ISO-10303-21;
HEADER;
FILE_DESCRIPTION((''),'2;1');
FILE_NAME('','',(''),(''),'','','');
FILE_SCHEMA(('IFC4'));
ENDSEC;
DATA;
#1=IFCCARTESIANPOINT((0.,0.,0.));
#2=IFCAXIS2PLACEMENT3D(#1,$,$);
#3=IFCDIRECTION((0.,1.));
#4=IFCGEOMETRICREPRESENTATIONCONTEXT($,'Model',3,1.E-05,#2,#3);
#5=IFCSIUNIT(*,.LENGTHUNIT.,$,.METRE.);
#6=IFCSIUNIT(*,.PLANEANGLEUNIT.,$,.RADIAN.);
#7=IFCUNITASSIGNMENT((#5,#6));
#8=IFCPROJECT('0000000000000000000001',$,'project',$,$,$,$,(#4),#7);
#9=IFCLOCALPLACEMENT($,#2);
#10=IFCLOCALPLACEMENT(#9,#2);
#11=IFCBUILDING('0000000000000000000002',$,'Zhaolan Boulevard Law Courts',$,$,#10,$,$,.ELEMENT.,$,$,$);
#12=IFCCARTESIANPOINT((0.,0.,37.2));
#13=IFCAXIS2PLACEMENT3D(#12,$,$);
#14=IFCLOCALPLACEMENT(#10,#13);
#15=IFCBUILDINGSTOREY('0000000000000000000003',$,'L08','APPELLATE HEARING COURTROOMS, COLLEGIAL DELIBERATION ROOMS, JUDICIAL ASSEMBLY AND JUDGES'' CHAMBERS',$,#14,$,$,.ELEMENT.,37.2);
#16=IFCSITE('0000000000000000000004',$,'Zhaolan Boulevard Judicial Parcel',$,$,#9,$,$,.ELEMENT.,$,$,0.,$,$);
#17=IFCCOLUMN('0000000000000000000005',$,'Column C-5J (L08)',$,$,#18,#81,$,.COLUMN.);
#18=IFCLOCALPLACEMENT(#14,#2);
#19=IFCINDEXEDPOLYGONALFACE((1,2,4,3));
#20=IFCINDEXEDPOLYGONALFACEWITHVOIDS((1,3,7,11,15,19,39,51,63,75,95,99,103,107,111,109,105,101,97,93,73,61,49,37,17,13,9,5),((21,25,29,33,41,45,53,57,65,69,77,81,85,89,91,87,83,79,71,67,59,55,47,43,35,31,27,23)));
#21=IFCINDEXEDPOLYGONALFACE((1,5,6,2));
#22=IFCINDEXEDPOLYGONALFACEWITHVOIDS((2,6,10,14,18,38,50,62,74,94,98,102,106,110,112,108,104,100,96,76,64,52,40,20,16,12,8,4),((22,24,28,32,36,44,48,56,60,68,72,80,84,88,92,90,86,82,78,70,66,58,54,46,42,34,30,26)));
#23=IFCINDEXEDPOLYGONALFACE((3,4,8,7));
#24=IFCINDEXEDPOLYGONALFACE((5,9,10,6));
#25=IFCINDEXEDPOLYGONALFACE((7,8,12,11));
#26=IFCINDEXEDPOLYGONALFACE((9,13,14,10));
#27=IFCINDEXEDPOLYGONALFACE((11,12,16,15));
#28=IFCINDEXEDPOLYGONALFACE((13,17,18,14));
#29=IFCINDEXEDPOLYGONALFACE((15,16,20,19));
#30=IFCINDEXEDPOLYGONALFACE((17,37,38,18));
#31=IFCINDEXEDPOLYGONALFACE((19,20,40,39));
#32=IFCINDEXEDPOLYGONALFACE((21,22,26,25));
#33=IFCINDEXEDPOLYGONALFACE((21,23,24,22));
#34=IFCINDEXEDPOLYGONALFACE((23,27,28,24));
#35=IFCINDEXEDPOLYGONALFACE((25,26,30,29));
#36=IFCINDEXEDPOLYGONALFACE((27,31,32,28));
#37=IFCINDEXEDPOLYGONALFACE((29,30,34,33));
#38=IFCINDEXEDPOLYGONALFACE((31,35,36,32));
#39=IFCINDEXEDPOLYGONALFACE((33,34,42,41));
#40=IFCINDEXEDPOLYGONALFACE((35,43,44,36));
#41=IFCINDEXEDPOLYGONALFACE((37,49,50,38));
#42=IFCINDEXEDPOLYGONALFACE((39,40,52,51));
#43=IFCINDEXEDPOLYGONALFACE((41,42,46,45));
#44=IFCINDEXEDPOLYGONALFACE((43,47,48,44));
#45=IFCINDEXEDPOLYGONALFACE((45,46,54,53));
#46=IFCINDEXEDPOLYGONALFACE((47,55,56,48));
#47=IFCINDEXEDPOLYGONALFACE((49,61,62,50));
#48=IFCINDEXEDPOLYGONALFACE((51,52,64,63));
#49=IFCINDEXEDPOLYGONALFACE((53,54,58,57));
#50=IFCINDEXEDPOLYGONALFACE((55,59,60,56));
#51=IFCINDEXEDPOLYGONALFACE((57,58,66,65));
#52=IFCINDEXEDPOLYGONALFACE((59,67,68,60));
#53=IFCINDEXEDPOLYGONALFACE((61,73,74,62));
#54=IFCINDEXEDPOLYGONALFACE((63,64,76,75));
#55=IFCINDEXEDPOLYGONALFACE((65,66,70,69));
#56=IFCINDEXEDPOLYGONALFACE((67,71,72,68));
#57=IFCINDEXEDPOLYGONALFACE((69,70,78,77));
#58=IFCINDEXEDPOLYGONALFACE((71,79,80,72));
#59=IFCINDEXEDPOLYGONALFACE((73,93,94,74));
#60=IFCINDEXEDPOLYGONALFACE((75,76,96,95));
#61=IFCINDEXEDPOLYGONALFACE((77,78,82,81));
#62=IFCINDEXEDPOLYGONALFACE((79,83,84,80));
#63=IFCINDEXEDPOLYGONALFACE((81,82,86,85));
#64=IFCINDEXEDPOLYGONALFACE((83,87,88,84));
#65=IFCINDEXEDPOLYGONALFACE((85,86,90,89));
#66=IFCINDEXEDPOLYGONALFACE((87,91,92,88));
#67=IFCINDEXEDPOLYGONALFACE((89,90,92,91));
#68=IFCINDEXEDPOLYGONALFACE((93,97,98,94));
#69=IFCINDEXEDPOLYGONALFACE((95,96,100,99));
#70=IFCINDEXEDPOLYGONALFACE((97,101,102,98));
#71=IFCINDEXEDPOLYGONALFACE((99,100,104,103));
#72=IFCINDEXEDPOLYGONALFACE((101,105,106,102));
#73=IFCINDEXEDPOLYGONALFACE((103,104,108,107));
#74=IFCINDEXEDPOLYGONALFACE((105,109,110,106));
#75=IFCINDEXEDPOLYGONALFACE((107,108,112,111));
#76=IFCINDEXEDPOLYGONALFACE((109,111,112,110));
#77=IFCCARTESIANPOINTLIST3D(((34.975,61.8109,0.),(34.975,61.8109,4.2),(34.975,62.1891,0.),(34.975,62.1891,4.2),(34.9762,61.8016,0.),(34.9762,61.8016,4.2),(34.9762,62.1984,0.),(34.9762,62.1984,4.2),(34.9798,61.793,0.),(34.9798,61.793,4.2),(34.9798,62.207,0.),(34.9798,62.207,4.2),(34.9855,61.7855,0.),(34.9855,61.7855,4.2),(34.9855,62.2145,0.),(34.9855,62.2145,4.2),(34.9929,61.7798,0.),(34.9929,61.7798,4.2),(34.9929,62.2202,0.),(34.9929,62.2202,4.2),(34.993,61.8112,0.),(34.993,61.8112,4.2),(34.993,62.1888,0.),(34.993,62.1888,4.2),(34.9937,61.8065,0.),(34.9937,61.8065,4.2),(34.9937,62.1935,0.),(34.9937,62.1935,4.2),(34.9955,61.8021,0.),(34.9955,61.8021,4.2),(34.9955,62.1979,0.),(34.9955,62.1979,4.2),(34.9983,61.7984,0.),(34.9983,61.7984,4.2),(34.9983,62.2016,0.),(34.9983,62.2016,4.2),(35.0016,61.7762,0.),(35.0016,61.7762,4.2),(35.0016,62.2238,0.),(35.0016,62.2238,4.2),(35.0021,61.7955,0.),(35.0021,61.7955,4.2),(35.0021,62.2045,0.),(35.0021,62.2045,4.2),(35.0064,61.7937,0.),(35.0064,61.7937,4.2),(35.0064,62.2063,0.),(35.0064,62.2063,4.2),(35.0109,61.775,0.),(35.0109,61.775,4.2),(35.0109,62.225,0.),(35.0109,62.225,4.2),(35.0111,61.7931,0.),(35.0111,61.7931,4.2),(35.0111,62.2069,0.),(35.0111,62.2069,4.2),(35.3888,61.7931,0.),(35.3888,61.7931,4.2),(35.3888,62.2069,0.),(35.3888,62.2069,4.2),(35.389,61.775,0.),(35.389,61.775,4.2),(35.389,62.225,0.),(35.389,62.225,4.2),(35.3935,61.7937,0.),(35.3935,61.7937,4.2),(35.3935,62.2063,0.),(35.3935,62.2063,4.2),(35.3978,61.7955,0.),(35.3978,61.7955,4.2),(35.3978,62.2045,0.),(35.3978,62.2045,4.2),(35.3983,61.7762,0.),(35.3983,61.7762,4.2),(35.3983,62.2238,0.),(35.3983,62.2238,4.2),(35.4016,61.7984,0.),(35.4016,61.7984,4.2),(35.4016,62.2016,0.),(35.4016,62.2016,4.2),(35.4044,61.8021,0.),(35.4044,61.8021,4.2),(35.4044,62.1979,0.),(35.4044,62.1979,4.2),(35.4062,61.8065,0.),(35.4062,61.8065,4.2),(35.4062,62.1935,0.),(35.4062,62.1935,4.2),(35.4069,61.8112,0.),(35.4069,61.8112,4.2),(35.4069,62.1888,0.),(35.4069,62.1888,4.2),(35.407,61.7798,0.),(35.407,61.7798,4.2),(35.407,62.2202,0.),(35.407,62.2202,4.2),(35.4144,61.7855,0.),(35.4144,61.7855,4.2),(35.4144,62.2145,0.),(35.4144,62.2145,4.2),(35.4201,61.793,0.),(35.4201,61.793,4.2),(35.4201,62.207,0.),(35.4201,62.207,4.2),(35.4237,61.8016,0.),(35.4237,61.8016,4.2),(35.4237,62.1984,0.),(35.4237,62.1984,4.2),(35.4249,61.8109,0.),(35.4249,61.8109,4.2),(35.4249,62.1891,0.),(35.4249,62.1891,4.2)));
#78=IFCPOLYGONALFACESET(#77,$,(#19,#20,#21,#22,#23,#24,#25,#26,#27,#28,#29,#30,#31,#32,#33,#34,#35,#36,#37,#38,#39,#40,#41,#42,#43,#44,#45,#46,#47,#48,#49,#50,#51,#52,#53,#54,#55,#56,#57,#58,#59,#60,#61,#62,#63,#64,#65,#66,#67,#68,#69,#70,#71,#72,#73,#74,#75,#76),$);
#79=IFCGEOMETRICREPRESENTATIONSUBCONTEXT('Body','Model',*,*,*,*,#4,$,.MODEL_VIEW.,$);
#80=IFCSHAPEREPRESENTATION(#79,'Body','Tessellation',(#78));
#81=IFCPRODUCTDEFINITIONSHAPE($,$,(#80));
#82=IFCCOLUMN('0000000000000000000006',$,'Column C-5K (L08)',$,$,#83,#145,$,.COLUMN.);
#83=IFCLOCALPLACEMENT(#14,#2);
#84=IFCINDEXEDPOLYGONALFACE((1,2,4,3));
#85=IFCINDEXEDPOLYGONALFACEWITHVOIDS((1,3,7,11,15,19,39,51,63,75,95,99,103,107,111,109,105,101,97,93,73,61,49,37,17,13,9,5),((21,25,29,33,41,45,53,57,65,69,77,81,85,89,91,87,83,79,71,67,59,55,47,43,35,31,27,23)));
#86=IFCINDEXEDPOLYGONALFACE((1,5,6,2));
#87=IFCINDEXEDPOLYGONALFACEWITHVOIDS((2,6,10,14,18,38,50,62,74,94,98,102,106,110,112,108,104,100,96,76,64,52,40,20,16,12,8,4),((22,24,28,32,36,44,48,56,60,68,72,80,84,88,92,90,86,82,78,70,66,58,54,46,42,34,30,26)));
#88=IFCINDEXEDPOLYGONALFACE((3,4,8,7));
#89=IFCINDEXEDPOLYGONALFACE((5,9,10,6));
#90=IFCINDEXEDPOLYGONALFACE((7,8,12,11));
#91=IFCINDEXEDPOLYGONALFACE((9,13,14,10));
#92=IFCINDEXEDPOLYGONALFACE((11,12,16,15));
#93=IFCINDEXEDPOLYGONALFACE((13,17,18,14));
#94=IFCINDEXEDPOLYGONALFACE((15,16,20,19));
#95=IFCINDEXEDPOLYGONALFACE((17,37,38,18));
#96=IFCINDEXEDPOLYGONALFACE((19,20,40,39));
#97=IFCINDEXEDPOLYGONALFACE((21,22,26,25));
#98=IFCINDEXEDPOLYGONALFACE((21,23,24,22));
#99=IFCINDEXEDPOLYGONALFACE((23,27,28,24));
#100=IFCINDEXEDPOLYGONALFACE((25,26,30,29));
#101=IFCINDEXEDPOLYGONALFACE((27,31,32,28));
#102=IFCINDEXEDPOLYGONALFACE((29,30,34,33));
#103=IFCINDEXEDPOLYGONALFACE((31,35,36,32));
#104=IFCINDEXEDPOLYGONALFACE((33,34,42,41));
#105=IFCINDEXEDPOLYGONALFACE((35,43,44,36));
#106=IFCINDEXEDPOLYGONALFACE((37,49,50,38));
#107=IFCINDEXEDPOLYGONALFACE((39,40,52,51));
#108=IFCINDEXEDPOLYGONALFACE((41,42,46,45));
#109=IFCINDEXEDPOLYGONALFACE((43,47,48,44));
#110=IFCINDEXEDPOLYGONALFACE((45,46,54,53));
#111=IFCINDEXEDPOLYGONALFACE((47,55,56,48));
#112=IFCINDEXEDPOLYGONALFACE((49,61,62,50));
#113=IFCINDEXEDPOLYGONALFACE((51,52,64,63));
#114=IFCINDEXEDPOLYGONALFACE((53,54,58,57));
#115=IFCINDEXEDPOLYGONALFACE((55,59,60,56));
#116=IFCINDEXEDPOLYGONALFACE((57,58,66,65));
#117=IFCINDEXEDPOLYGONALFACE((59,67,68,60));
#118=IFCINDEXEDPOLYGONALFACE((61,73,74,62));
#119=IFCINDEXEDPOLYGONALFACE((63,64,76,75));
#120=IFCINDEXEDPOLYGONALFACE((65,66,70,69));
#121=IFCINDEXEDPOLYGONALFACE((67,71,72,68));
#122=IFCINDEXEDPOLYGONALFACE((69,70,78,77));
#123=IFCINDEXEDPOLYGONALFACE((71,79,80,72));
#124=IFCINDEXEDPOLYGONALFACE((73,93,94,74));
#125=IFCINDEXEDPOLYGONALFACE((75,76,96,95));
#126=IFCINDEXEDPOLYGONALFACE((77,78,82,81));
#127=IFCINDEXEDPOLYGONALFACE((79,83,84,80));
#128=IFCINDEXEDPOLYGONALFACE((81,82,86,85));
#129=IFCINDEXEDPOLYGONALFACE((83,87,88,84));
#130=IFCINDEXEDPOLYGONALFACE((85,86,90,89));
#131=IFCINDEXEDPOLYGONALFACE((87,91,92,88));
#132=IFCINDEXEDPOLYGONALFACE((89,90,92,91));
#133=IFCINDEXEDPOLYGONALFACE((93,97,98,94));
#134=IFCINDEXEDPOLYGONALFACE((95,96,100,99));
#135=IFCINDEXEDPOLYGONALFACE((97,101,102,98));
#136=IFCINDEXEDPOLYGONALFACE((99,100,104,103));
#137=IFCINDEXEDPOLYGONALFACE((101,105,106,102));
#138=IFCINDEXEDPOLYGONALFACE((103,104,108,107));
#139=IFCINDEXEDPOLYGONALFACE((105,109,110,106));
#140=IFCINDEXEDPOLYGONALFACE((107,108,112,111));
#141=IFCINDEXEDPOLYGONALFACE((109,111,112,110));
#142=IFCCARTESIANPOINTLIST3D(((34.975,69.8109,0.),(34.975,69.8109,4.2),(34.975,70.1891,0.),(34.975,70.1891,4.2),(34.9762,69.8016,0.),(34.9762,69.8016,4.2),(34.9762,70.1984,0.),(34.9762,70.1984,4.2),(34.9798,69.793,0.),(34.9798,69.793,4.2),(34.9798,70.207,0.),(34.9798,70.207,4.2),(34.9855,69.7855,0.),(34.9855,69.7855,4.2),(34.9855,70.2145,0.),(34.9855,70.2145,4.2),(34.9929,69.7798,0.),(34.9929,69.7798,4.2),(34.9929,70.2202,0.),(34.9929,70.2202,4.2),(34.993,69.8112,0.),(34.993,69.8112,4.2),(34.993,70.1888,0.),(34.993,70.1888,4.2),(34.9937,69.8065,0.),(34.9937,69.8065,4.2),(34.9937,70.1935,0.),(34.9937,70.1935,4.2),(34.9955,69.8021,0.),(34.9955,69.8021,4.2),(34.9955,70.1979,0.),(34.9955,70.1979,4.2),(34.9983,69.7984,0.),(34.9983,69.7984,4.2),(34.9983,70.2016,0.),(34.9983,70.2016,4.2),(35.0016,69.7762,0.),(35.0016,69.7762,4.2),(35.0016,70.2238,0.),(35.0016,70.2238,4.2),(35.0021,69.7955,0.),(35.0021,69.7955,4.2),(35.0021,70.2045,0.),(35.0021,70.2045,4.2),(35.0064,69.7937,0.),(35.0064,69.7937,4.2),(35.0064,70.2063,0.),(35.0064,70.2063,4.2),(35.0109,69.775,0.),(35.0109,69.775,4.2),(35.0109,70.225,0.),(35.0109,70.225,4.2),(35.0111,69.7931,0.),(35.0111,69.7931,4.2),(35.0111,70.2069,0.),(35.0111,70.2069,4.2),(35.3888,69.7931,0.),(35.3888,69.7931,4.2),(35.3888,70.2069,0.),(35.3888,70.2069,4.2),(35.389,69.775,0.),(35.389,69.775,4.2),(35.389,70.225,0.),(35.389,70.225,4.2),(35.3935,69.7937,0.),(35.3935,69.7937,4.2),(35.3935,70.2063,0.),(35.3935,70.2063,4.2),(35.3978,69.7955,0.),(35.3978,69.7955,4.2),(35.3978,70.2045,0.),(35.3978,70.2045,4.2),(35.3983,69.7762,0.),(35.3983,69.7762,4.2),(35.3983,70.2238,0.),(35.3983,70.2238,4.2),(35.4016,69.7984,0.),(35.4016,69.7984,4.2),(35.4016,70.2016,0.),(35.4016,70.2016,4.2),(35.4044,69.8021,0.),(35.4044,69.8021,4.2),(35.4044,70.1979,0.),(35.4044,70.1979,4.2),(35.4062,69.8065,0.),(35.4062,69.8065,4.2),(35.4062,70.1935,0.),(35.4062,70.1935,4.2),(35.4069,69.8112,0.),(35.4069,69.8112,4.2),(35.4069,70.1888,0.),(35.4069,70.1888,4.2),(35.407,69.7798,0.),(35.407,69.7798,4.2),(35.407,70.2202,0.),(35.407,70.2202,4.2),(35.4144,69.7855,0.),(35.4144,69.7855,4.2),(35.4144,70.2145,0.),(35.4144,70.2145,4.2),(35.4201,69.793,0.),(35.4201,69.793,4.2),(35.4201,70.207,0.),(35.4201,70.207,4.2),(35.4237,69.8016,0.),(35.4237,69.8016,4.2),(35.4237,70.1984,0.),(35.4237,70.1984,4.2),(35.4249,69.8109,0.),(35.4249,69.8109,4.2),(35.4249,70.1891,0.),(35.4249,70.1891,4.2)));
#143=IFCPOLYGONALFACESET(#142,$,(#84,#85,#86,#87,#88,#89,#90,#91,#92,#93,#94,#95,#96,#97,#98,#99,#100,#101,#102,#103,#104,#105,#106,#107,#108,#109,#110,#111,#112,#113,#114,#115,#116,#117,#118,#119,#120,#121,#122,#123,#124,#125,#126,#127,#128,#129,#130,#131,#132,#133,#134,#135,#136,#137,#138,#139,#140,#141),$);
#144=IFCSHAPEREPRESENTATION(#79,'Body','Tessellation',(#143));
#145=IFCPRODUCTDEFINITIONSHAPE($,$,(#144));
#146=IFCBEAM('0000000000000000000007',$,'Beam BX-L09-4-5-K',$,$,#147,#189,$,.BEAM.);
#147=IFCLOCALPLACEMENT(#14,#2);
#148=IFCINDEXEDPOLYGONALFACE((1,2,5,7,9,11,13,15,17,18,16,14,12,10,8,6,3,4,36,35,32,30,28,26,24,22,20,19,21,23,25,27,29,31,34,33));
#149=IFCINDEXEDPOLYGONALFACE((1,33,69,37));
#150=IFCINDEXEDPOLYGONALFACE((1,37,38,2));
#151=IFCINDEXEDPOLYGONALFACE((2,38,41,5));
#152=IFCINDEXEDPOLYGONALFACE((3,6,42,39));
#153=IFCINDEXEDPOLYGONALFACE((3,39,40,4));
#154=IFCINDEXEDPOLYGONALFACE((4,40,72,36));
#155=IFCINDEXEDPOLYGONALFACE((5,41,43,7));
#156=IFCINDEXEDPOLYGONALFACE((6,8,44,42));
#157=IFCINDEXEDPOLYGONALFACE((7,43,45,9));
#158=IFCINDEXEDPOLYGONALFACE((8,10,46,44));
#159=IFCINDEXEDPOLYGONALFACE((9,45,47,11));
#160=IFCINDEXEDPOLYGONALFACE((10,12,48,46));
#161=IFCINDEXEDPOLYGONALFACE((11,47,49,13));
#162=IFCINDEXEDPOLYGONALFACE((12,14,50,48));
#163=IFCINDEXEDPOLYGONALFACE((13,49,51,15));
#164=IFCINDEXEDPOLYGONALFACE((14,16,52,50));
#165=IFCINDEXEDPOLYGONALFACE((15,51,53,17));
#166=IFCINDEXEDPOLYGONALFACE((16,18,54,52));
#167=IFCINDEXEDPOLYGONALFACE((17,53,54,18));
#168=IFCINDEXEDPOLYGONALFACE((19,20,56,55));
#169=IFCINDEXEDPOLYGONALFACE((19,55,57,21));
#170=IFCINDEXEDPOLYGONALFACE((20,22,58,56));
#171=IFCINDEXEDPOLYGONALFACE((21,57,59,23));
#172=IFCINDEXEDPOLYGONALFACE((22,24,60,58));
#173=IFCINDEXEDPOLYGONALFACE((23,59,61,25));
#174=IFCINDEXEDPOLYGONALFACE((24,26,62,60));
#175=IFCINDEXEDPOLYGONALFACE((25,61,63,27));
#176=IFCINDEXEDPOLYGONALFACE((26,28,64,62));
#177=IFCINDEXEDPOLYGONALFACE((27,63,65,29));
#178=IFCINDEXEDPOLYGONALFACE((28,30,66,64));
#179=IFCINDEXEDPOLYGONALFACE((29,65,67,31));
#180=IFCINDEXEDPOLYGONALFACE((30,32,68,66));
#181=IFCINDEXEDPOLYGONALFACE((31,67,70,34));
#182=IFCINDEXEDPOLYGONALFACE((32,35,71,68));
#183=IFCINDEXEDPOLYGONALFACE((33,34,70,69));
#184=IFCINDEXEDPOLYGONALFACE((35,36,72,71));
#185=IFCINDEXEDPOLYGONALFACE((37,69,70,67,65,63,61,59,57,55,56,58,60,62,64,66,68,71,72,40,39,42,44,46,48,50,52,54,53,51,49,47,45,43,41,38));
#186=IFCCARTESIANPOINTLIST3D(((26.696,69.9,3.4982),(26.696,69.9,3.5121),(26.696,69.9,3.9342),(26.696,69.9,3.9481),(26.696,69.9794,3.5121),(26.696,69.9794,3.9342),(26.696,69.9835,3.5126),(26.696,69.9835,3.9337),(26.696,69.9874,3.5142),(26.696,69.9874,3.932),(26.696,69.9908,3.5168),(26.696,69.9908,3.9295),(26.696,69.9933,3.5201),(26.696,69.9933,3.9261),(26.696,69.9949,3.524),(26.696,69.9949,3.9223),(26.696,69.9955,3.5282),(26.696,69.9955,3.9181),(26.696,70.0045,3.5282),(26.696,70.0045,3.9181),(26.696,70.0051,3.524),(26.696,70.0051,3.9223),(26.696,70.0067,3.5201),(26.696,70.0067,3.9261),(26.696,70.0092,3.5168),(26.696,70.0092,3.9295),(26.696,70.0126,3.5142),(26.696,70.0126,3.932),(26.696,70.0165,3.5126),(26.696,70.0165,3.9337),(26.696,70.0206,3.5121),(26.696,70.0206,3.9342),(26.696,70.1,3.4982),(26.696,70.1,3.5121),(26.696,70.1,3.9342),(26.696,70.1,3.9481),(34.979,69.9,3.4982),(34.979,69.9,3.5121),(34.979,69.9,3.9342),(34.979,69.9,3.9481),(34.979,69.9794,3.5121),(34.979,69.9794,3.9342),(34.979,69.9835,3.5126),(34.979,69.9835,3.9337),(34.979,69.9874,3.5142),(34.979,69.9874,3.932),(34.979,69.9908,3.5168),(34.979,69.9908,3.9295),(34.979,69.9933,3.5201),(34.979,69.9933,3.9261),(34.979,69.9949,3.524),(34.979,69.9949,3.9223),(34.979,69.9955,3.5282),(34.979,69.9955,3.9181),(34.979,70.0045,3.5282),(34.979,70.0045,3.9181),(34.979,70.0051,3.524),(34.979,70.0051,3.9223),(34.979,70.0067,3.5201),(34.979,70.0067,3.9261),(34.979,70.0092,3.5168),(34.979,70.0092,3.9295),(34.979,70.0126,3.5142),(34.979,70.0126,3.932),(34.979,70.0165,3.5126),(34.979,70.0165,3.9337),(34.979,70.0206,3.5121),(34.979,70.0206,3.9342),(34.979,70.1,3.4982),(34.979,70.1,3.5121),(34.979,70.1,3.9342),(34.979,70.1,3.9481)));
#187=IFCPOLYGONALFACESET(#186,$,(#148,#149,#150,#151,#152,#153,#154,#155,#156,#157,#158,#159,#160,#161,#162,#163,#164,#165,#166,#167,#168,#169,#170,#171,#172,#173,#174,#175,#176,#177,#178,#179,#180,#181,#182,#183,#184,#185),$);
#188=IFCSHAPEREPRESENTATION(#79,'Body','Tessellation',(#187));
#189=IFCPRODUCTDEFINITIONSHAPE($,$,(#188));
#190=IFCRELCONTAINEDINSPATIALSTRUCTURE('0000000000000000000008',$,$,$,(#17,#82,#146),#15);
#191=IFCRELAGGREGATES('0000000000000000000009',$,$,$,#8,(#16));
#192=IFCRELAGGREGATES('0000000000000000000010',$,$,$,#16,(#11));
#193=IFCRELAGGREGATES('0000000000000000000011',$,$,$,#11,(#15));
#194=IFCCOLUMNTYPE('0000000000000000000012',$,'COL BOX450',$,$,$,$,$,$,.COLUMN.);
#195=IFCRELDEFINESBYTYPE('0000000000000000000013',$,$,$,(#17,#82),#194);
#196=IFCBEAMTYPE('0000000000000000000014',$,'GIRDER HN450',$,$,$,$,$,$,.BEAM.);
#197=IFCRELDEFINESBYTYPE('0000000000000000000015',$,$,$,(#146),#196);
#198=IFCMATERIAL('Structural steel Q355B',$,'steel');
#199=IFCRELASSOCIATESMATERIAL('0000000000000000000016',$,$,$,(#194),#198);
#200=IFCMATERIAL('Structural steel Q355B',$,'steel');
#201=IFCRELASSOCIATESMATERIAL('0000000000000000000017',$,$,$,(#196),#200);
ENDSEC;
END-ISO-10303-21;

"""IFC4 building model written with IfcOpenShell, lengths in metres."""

from ifc_helpers import new_model, si_unit, direction, frame, origin, origin_2d, place, context, subcontext, project, spatial, hollow_rectangle, i_section, extrude, material, material_profile, profile_set, type_object, element, save


model = new_model("IFC4")

# Units and contexts
model_context = context("Model", 3, precision=1e-05, world=origin(), true_north=direction((0.0, 1.0)))
body_context = subcontext(model_context, "Body", "Model", "MODEL_VIEW")
ifc_project = project(units=[si_unit("LENGTHUNIT", "METRE"), si_unit("PLANEANGLEUNIT", "RADIAN")], contexts=[model_context])

# Site, building, storey
site_placement = place(None, origin())
site = spatial("IfcSite", under=ifc_project, at=site_placement, Name="Zhaolan Boulevard Judicial Parcel", CompositionType="ELEMENT", RefElevation=0.0)
building_placement = place(site_placement, origin())
building = spatial("IfcBuilding", under=site, at=building_placement, Name="Zhaolan Boulevard Law Courts", CompositionType="ELEMENT")
storey_placement = place(building_placement, frame((0.0, 0.0, 37.2)))
storey = spatial("IfcBuildingStorey", under=building, at=storey_placement, Name="L08", Description="APPELLATE HEARING COURTROOMS, COLLEGIAL DELIBERATION ROOMS, JUDICIAL ASSEMBLY AND JUDGES' CHAMBERS", CompositionType="ELEMENT", Elevation=37.2)

# Columns
ifc_material_1 = material(Name="Structural steel Q355B", Category="steel")
ifc_material_profile_1 = material_profile(ifc_material_1, hollow_rectangle(XDim=0.45, YDim=0.45, WallThickness=0.0181, InnerFilletRadius=0.0181, OuterFilletRadius=0.0359, at=origin_2d()), Name="BOX450x450x18")
ifc_profile_set_1 = profile_set([ifc_material_profile_1], Name="Structural steel Q355B")
column_type = type_object("IfcColumnType", Name="COL BOX450", PredefinedType="COLUMN", material=ifc_profile_set_1)
for number, where, z_axis, x_axis, name in (
    (1, (35.2, 62.0, 0.0), (0.0, 0.0, 1.0), (1.0, 0.0, 0.0), "Column C-5J (L08)"),
    (2, (35.2, 70.0, 0.0), (0.0, 0.0, 1.0), (1.0, 0.0, 0.0), "Column C-5K (L08)"),
):
    element("IfcColumn", number, at=place(storey_placement, frame(where, z_axis=z_axis, x_axis=x_axis)), inside=storey, type_object=column_type, Name=name, PredefinedType="COLUMN", context=body_context, shape_type="SweptSolid", body=[
        extrude(hollow_rectangle(XDim=0.45, YDim=0.45, WallThickness=0.0181, InnerFilletRadius=0.0181, OuterFilletRadius=0.0359, at=origin_2d()), origin(), (0.0, 0.0, 1.0), 4.2),
    ])

# Beam
ifc_material_2 = material(Name="Structural steel Q355B", Category="steel")
ifc_material_profile_2 = material_profile(ifc_material_2, i_section(OverallWidth=0.2, OverallDepth=0.45, WebThickness=0.009, FlangeThickness=0.0139, FilletRadius=0.0161, at=origin_2d()), Name="HN450x200")
ifc_profile_set_2 = profile_set([ifc_material_profile_2], Name="Structural steel Q355B")
beam_type_1 = type_object("IfcBeamType", Name="GIRDER HN450", PredefinedType="BEAM", material=ifc_profile_set_2)
beam_1_placement = place(storey_placement, frame((26.696, 70.0, 3.7231), z_axis=(1.0, 0.0, 0.0), x_axis=(0.0, 1.0, 0.0)))
element("IfcBeam", 3, at=beam_1_placement, inside=storey, type_object=beam_type_1, Name="Beam BX-L09-4-5-K", PredefinedType="BEAM", context=body_context, shape_type="SweptSolid", body=[
    extrude(i_section(OverallWidth=0.2, OverallDepth=0.45, WebThickness=0.009, FlangeThickness=0.0139, FilletRadius=0.0161, at=origin_2d()), origin(), (0.0, 0.0, 1.0), 8.283),
])

save(model, "model.ifc")
